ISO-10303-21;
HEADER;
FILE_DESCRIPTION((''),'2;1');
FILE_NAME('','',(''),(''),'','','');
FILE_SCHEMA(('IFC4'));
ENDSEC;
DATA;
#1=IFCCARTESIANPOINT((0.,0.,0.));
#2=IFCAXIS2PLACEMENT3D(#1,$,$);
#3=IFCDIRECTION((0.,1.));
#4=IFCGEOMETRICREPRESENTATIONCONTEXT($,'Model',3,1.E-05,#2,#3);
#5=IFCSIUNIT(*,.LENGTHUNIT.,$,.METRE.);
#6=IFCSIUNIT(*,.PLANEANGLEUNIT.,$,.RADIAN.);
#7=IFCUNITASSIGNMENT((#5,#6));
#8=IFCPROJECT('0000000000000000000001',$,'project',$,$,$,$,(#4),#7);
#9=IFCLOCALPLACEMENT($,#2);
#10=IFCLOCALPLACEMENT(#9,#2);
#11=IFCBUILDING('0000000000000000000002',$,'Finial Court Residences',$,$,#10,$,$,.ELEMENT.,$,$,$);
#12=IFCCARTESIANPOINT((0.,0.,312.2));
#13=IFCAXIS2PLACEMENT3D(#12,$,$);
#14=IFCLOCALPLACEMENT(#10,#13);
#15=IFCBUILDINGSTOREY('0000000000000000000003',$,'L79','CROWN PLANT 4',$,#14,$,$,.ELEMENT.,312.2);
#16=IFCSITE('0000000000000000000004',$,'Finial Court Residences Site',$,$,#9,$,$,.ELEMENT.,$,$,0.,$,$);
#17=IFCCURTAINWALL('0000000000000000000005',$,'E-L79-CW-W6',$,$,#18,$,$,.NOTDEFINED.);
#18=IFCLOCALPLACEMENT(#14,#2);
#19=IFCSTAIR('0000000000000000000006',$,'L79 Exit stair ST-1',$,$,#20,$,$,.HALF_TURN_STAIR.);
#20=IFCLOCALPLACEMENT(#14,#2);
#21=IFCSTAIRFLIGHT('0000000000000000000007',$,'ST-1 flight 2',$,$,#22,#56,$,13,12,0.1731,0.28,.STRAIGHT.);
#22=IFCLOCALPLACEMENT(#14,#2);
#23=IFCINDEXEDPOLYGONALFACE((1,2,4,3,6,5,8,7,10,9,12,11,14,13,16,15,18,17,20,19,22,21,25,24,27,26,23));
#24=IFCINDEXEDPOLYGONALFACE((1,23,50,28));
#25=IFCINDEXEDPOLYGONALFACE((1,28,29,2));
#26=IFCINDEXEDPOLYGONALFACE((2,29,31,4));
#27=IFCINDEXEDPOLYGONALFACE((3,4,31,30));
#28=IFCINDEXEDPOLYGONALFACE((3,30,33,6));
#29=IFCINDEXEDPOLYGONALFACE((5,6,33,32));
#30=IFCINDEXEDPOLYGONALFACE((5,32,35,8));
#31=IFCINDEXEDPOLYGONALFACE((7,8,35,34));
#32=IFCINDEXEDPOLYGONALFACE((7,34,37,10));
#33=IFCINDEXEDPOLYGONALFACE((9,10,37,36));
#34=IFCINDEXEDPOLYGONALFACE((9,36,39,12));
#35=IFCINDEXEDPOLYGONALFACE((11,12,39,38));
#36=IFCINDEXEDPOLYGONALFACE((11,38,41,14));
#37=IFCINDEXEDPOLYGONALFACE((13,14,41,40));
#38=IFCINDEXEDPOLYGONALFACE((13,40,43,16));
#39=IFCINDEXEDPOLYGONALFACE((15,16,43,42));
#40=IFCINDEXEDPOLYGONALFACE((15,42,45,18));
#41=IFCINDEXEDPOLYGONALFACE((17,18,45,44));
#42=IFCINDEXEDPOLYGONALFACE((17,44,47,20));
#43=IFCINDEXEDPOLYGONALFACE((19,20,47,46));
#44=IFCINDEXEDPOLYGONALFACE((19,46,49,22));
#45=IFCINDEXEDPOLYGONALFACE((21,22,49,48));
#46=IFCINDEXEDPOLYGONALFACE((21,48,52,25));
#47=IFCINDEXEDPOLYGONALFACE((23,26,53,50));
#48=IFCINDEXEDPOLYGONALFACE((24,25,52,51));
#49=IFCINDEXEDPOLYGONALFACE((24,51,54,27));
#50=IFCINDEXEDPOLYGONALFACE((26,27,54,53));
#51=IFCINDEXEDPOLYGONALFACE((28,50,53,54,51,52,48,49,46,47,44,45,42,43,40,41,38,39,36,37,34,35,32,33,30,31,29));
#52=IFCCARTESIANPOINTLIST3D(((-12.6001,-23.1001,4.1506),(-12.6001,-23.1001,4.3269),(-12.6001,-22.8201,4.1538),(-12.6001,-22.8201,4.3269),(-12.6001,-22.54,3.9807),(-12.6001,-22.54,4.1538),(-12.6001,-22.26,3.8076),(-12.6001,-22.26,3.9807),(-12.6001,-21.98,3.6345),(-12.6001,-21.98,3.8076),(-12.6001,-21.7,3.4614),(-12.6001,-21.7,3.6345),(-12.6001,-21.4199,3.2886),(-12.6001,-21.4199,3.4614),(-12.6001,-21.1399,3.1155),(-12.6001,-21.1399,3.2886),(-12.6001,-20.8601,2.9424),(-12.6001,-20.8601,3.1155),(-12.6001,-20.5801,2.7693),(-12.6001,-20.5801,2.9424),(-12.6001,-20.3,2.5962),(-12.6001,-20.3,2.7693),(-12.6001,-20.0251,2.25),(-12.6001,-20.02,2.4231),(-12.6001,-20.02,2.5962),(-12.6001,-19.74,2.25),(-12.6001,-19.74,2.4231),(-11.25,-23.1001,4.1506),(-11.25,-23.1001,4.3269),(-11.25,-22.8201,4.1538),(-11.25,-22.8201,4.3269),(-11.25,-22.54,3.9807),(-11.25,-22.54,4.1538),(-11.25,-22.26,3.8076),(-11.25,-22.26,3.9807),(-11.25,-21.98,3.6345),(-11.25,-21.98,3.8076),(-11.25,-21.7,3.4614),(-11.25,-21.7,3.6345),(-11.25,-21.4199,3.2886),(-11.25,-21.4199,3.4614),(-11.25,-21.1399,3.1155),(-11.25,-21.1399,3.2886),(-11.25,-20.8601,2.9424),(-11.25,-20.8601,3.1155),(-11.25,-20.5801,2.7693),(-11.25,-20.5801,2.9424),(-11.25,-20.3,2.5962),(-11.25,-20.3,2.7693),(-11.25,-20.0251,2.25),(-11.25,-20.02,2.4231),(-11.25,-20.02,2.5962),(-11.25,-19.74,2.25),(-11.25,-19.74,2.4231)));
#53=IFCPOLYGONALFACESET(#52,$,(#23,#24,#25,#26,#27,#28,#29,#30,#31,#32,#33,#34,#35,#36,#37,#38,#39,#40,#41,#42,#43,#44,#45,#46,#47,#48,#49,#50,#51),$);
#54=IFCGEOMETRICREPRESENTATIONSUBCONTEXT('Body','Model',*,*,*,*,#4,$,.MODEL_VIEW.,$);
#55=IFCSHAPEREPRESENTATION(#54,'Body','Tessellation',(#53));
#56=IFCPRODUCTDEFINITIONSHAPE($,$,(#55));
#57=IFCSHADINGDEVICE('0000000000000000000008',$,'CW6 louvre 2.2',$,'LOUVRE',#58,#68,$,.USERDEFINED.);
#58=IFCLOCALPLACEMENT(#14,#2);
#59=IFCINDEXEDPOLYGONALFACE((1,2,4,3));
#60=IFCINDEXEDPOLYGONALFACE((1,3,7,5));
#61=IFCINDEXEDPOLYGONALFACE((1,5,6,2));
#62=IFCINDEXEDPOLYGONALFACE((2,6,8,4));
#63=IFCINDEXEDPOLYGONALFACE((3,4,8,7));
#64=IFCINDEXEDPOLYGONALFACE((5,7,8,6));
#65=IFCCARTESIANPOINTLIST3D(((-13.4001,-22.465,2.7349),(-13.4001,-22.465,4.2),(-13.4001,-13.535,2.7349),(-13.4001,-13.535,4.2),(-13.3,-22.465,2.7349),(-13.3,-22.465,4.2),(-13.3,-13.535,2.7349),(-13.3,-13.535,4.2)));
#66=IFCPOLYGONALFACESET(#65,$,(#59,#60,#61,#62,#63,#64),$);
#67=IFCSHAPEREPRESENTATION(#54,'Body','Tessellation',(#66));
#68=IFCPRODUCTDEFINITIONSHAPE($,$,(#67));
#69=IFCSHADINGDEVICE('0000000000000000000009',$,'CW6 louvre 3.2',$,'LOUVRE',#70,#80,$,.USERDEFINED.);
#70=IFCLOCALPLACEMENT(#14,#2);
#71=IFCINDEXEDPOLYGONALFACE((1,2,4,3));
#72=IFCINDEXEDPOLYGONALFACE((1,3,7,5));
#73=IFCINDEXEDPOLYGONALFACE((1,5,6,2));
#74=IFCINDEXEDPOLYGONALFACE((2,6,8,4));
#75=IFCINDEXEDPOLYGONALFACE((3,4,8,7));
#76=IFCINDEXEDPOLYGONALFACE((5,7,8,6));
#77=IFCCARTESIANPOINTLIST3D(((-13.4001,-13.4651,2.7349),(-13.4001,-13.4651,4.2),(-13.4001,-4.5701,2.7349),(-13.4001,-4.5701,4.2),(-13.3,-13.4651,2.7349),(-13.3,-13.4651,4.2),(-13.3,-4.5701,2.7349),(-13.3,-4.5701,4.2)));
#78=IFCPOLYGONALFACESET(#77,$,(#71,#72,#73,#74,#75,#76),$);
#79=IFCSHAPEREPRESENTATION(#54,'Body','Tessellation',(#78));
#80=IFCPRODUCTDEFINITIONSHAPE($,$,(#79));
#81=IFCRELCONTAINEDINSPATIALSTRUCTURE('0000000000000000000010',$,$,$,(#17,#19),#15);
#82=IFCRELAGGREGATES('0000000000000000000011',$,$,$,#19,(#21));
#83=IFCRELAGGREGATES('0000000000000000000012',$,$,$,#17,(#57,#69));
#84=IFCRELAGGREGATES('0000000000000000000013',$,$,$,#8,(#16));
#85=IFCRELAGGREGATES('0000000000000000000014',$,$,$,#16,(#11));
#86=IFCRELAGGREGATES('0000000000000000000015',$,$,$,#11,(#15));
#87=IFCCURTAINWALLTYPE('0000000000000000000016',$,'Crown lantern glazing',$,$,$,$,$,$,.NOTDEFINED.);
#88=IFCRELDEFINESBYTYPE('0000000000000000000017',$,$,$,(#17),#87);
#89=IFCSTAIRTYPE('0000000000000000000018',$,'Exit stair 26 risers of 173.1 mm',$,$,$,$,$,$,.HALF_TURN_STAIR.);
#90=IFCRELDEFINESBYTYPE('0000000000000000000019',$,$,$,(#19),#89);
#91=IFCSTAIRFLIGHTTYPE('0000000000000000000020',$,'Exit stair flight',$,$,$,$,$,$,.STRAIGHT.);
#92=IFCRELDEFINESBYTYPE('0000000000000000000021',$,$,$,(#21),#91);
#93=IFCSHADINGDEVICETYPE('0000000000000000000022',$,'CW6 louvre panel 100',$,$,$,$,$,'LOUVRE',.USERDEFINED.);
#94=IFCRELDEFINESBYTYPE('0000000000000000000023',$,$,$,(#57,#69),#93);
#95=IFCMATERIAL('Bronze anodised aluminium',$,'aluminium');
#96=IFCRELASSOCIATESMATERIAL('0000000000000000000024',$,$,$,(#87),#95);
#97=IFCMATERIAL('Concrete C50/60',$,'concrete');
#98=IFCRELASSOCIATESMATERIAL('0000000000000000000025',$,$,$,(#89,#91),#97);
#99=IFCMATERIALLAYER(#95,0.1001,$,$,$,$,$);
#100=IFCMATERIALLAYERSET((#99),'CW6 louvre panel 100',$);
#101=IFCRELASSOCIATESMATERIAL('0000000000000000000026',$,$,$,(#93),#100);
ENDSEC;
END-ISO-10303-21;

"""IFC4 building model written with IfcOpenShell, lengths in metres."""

from ifc_helpers import new_model, si_unit, direction, frame, origin, origin_2d, place, context, subcontext, project, spatial, polyline, rectangle, outline, extrude, material, layer, layer_set, type_object, element, aggregate, save


model = new_model("IFC4")

# Units and contexts
model_context = context("Model", 3, precision=1e-05, world=origin(), true_north=direction((0.0, 1.0)))
body_context = subcontext(model_context, "Body", "Model", "MODEL_VIEW")
ifc_project = project(units=[si_unit("LENGTHUNIT", "METRE"), si_unit("PLANEANGLEUNIT", "RADIAN")], contexts=[model_context])

# Site, building, storey
site_placement = place(None, origin())
site = spatial("IfcSite", under=ifc_project, at=site_placement, Name="Finial Court Residences Site", CompositionType="ELEMENT", RefElevation=0.0)
building_placement = place(site_placement, origin())
building = spatial("IfcBuilding", under=site, at=building_placement, Name="Finial Court Residences", CompositionType="ELEMENT")
storey_placement = place(building_placement, frame((0.0, 0.0, 312.2)))
storey = spatial("IfcBuildingStorey", under=building, at=storey_placement, Name="L79", Description="CROWN PLANT 4", CompositionType="ELEMENT", Elevation=312.2)

# Curtain wall
ifc_material_1 = material(Name="Bronze anodised aluminium", Category="aluminium")
curtain_wall_type = type_object("IfcCurtainWallType", Name="Crown lantern glazing", PredefinedType="NOTDEFINED", material=ifc_material_1)
curtain_wall_placement = place(storey_placement, origin())
curtain_wall = element("IfcCurtainWall", 1, at=curtain_wall_placement, inside=storey, type_object=curtain_wall_type, Name="E-L79-CW-W6", PredefinedType="NOTDEFINED")

# Shared definitions
ifc_material_2 = material(Name="Concrete C50/60", Category="concrete")

# Stair, stair flight
stair_type = type_object("IfcStairType", Name="Exit stair 26 risers of 173.1 mm", PredefinedType="HALF_TURN_STAIR", material=ifc_material_2)
stair_placement = place(storey_placement, origin())
stair = element("IfcStair", 2, at=stair_placement, inside=storey, type_object=stair_type, Name="L79 Exit stair ST-1", PredefinedType="HALF_TURN_STAIR")
stair_flight_type = type_object("IfcStairFlightType", Name="Exit stair flight", PredefinedType="STRAIGHT", material=ifc_material_2)
stair_flight_placement = place(storey_placement, frame((-11.925, -19.74, 2.25), z_axis=(0.0, 0.0, 1.0), x_axis=(0.0, -1.0, 0.0)))
stair_flight = element("IfcStairFlight", 3, at=stair_flight_placement, type_object=stair_flight_type, Name="ST-1 flight 2", NumberOfRisers=13, NumberOfTreads=12, PredefinedType="STRAIGHT", RiserHeight=0.1731, TreadLength=0.28, context=body_context, shape_type="SweptSolid", body=[
    extrude(outline(polyline([(0.0, 0.0), (0.0, 0.1731), (0.28, 0.1731), (0.28, 0.3462), (0.5601, 0.3462), (0.5601, 0.5193), (0.8401, 0.5193), (0.8401, 0.6924), (1.1201, 0.6924), (1.1201, 0.8655), (1.3999, 0.8655), (1.3999, 1.0386), (1.6799, 1.0386), (1.6799, 1.2114), (1.96, 1.2114), (1.96, 1.3845), (2.24, 1.3845), (2.24, 1.5576), (2.52, 1.5576), (2.52, 1.7307), (2.8, 1.7307), (2.8, 1.9038), (3.0801, 1.9038), (3.0801, 2.0769), (3.3601, 2.0769), (3.3601, 2.25), (3.3601, 1.9006), (0.2852, 0.0), (0.0, 0.0)])), frame((0.0, 0.675, 0.0), z_axis=(0.0, -1.0, 0.0), x_axis=(1.0, 0.0, 0.0)), (0.0, 0.0, 1.0), 1.3501),
])
aggregate(stair, [stair_flight])

# Shading devices
ifc_layer_1 = layer(ifc_material_1, 0.1001)
ifc_layer_set_1 = layer_set([ifc_layer_1], Name="CW6 louvre panel 100")
shading_device_type = type_object("IfcShadingDeviceType", Name="CW6 louvre panel 100", ElementType="LOUVRE", PredefinedType="USERDEFINED", material=ifc_layer_set_1)
shading_device_1_placement = place(storey_placement, frame((-13.3501, -18.0, 2.7349), z_axis=(0.0, 0.0, 1.0), x_axis=(0.0, 1.0, 0.0)))
shading_device_1 = element("IfcShadingDevice", 4, at=shading_device_1_placement, type_object=shading_device_type, Name="CW6 louvre 2.2", ObjectType="LOUVRE", PredefinedType="USERDEFINED", context=body_context, shape_type="SweptSolid", body=[
    extrude(rectangle(XDim=8.9299, YDim=0.1001, at=origin_2d()), origin(), (0.0, 0.0, 1.0), 1.4651),
])
shading_device_2_placement = place(storey_placement, frame((-13.3501, -9.0176, 2.7349), z_axis=(0.0, 0.0, 1.0), x_axis=(0.0, 1.0, 0.0)))
shading_device_2 = element("IfcShadingDevice", 5, at=shading_device_2_placement, type_object=shading_device_type, Name="CW6 louvre 3.2", ObjectType="LOUVRE", PredefinedType="USERDEFINED", context=body_context, shape_type="SweptSolid", body=[
    extrude(rectangle(XDim=8.895, YDim=0.1001, at=origin_2d()), origin(), (0.0, 0.0, 1.0), 1.4651),
])
aggregate(curtain_wall, [shading_device_1, shading_device_2])

save(model, "model.ifc")
